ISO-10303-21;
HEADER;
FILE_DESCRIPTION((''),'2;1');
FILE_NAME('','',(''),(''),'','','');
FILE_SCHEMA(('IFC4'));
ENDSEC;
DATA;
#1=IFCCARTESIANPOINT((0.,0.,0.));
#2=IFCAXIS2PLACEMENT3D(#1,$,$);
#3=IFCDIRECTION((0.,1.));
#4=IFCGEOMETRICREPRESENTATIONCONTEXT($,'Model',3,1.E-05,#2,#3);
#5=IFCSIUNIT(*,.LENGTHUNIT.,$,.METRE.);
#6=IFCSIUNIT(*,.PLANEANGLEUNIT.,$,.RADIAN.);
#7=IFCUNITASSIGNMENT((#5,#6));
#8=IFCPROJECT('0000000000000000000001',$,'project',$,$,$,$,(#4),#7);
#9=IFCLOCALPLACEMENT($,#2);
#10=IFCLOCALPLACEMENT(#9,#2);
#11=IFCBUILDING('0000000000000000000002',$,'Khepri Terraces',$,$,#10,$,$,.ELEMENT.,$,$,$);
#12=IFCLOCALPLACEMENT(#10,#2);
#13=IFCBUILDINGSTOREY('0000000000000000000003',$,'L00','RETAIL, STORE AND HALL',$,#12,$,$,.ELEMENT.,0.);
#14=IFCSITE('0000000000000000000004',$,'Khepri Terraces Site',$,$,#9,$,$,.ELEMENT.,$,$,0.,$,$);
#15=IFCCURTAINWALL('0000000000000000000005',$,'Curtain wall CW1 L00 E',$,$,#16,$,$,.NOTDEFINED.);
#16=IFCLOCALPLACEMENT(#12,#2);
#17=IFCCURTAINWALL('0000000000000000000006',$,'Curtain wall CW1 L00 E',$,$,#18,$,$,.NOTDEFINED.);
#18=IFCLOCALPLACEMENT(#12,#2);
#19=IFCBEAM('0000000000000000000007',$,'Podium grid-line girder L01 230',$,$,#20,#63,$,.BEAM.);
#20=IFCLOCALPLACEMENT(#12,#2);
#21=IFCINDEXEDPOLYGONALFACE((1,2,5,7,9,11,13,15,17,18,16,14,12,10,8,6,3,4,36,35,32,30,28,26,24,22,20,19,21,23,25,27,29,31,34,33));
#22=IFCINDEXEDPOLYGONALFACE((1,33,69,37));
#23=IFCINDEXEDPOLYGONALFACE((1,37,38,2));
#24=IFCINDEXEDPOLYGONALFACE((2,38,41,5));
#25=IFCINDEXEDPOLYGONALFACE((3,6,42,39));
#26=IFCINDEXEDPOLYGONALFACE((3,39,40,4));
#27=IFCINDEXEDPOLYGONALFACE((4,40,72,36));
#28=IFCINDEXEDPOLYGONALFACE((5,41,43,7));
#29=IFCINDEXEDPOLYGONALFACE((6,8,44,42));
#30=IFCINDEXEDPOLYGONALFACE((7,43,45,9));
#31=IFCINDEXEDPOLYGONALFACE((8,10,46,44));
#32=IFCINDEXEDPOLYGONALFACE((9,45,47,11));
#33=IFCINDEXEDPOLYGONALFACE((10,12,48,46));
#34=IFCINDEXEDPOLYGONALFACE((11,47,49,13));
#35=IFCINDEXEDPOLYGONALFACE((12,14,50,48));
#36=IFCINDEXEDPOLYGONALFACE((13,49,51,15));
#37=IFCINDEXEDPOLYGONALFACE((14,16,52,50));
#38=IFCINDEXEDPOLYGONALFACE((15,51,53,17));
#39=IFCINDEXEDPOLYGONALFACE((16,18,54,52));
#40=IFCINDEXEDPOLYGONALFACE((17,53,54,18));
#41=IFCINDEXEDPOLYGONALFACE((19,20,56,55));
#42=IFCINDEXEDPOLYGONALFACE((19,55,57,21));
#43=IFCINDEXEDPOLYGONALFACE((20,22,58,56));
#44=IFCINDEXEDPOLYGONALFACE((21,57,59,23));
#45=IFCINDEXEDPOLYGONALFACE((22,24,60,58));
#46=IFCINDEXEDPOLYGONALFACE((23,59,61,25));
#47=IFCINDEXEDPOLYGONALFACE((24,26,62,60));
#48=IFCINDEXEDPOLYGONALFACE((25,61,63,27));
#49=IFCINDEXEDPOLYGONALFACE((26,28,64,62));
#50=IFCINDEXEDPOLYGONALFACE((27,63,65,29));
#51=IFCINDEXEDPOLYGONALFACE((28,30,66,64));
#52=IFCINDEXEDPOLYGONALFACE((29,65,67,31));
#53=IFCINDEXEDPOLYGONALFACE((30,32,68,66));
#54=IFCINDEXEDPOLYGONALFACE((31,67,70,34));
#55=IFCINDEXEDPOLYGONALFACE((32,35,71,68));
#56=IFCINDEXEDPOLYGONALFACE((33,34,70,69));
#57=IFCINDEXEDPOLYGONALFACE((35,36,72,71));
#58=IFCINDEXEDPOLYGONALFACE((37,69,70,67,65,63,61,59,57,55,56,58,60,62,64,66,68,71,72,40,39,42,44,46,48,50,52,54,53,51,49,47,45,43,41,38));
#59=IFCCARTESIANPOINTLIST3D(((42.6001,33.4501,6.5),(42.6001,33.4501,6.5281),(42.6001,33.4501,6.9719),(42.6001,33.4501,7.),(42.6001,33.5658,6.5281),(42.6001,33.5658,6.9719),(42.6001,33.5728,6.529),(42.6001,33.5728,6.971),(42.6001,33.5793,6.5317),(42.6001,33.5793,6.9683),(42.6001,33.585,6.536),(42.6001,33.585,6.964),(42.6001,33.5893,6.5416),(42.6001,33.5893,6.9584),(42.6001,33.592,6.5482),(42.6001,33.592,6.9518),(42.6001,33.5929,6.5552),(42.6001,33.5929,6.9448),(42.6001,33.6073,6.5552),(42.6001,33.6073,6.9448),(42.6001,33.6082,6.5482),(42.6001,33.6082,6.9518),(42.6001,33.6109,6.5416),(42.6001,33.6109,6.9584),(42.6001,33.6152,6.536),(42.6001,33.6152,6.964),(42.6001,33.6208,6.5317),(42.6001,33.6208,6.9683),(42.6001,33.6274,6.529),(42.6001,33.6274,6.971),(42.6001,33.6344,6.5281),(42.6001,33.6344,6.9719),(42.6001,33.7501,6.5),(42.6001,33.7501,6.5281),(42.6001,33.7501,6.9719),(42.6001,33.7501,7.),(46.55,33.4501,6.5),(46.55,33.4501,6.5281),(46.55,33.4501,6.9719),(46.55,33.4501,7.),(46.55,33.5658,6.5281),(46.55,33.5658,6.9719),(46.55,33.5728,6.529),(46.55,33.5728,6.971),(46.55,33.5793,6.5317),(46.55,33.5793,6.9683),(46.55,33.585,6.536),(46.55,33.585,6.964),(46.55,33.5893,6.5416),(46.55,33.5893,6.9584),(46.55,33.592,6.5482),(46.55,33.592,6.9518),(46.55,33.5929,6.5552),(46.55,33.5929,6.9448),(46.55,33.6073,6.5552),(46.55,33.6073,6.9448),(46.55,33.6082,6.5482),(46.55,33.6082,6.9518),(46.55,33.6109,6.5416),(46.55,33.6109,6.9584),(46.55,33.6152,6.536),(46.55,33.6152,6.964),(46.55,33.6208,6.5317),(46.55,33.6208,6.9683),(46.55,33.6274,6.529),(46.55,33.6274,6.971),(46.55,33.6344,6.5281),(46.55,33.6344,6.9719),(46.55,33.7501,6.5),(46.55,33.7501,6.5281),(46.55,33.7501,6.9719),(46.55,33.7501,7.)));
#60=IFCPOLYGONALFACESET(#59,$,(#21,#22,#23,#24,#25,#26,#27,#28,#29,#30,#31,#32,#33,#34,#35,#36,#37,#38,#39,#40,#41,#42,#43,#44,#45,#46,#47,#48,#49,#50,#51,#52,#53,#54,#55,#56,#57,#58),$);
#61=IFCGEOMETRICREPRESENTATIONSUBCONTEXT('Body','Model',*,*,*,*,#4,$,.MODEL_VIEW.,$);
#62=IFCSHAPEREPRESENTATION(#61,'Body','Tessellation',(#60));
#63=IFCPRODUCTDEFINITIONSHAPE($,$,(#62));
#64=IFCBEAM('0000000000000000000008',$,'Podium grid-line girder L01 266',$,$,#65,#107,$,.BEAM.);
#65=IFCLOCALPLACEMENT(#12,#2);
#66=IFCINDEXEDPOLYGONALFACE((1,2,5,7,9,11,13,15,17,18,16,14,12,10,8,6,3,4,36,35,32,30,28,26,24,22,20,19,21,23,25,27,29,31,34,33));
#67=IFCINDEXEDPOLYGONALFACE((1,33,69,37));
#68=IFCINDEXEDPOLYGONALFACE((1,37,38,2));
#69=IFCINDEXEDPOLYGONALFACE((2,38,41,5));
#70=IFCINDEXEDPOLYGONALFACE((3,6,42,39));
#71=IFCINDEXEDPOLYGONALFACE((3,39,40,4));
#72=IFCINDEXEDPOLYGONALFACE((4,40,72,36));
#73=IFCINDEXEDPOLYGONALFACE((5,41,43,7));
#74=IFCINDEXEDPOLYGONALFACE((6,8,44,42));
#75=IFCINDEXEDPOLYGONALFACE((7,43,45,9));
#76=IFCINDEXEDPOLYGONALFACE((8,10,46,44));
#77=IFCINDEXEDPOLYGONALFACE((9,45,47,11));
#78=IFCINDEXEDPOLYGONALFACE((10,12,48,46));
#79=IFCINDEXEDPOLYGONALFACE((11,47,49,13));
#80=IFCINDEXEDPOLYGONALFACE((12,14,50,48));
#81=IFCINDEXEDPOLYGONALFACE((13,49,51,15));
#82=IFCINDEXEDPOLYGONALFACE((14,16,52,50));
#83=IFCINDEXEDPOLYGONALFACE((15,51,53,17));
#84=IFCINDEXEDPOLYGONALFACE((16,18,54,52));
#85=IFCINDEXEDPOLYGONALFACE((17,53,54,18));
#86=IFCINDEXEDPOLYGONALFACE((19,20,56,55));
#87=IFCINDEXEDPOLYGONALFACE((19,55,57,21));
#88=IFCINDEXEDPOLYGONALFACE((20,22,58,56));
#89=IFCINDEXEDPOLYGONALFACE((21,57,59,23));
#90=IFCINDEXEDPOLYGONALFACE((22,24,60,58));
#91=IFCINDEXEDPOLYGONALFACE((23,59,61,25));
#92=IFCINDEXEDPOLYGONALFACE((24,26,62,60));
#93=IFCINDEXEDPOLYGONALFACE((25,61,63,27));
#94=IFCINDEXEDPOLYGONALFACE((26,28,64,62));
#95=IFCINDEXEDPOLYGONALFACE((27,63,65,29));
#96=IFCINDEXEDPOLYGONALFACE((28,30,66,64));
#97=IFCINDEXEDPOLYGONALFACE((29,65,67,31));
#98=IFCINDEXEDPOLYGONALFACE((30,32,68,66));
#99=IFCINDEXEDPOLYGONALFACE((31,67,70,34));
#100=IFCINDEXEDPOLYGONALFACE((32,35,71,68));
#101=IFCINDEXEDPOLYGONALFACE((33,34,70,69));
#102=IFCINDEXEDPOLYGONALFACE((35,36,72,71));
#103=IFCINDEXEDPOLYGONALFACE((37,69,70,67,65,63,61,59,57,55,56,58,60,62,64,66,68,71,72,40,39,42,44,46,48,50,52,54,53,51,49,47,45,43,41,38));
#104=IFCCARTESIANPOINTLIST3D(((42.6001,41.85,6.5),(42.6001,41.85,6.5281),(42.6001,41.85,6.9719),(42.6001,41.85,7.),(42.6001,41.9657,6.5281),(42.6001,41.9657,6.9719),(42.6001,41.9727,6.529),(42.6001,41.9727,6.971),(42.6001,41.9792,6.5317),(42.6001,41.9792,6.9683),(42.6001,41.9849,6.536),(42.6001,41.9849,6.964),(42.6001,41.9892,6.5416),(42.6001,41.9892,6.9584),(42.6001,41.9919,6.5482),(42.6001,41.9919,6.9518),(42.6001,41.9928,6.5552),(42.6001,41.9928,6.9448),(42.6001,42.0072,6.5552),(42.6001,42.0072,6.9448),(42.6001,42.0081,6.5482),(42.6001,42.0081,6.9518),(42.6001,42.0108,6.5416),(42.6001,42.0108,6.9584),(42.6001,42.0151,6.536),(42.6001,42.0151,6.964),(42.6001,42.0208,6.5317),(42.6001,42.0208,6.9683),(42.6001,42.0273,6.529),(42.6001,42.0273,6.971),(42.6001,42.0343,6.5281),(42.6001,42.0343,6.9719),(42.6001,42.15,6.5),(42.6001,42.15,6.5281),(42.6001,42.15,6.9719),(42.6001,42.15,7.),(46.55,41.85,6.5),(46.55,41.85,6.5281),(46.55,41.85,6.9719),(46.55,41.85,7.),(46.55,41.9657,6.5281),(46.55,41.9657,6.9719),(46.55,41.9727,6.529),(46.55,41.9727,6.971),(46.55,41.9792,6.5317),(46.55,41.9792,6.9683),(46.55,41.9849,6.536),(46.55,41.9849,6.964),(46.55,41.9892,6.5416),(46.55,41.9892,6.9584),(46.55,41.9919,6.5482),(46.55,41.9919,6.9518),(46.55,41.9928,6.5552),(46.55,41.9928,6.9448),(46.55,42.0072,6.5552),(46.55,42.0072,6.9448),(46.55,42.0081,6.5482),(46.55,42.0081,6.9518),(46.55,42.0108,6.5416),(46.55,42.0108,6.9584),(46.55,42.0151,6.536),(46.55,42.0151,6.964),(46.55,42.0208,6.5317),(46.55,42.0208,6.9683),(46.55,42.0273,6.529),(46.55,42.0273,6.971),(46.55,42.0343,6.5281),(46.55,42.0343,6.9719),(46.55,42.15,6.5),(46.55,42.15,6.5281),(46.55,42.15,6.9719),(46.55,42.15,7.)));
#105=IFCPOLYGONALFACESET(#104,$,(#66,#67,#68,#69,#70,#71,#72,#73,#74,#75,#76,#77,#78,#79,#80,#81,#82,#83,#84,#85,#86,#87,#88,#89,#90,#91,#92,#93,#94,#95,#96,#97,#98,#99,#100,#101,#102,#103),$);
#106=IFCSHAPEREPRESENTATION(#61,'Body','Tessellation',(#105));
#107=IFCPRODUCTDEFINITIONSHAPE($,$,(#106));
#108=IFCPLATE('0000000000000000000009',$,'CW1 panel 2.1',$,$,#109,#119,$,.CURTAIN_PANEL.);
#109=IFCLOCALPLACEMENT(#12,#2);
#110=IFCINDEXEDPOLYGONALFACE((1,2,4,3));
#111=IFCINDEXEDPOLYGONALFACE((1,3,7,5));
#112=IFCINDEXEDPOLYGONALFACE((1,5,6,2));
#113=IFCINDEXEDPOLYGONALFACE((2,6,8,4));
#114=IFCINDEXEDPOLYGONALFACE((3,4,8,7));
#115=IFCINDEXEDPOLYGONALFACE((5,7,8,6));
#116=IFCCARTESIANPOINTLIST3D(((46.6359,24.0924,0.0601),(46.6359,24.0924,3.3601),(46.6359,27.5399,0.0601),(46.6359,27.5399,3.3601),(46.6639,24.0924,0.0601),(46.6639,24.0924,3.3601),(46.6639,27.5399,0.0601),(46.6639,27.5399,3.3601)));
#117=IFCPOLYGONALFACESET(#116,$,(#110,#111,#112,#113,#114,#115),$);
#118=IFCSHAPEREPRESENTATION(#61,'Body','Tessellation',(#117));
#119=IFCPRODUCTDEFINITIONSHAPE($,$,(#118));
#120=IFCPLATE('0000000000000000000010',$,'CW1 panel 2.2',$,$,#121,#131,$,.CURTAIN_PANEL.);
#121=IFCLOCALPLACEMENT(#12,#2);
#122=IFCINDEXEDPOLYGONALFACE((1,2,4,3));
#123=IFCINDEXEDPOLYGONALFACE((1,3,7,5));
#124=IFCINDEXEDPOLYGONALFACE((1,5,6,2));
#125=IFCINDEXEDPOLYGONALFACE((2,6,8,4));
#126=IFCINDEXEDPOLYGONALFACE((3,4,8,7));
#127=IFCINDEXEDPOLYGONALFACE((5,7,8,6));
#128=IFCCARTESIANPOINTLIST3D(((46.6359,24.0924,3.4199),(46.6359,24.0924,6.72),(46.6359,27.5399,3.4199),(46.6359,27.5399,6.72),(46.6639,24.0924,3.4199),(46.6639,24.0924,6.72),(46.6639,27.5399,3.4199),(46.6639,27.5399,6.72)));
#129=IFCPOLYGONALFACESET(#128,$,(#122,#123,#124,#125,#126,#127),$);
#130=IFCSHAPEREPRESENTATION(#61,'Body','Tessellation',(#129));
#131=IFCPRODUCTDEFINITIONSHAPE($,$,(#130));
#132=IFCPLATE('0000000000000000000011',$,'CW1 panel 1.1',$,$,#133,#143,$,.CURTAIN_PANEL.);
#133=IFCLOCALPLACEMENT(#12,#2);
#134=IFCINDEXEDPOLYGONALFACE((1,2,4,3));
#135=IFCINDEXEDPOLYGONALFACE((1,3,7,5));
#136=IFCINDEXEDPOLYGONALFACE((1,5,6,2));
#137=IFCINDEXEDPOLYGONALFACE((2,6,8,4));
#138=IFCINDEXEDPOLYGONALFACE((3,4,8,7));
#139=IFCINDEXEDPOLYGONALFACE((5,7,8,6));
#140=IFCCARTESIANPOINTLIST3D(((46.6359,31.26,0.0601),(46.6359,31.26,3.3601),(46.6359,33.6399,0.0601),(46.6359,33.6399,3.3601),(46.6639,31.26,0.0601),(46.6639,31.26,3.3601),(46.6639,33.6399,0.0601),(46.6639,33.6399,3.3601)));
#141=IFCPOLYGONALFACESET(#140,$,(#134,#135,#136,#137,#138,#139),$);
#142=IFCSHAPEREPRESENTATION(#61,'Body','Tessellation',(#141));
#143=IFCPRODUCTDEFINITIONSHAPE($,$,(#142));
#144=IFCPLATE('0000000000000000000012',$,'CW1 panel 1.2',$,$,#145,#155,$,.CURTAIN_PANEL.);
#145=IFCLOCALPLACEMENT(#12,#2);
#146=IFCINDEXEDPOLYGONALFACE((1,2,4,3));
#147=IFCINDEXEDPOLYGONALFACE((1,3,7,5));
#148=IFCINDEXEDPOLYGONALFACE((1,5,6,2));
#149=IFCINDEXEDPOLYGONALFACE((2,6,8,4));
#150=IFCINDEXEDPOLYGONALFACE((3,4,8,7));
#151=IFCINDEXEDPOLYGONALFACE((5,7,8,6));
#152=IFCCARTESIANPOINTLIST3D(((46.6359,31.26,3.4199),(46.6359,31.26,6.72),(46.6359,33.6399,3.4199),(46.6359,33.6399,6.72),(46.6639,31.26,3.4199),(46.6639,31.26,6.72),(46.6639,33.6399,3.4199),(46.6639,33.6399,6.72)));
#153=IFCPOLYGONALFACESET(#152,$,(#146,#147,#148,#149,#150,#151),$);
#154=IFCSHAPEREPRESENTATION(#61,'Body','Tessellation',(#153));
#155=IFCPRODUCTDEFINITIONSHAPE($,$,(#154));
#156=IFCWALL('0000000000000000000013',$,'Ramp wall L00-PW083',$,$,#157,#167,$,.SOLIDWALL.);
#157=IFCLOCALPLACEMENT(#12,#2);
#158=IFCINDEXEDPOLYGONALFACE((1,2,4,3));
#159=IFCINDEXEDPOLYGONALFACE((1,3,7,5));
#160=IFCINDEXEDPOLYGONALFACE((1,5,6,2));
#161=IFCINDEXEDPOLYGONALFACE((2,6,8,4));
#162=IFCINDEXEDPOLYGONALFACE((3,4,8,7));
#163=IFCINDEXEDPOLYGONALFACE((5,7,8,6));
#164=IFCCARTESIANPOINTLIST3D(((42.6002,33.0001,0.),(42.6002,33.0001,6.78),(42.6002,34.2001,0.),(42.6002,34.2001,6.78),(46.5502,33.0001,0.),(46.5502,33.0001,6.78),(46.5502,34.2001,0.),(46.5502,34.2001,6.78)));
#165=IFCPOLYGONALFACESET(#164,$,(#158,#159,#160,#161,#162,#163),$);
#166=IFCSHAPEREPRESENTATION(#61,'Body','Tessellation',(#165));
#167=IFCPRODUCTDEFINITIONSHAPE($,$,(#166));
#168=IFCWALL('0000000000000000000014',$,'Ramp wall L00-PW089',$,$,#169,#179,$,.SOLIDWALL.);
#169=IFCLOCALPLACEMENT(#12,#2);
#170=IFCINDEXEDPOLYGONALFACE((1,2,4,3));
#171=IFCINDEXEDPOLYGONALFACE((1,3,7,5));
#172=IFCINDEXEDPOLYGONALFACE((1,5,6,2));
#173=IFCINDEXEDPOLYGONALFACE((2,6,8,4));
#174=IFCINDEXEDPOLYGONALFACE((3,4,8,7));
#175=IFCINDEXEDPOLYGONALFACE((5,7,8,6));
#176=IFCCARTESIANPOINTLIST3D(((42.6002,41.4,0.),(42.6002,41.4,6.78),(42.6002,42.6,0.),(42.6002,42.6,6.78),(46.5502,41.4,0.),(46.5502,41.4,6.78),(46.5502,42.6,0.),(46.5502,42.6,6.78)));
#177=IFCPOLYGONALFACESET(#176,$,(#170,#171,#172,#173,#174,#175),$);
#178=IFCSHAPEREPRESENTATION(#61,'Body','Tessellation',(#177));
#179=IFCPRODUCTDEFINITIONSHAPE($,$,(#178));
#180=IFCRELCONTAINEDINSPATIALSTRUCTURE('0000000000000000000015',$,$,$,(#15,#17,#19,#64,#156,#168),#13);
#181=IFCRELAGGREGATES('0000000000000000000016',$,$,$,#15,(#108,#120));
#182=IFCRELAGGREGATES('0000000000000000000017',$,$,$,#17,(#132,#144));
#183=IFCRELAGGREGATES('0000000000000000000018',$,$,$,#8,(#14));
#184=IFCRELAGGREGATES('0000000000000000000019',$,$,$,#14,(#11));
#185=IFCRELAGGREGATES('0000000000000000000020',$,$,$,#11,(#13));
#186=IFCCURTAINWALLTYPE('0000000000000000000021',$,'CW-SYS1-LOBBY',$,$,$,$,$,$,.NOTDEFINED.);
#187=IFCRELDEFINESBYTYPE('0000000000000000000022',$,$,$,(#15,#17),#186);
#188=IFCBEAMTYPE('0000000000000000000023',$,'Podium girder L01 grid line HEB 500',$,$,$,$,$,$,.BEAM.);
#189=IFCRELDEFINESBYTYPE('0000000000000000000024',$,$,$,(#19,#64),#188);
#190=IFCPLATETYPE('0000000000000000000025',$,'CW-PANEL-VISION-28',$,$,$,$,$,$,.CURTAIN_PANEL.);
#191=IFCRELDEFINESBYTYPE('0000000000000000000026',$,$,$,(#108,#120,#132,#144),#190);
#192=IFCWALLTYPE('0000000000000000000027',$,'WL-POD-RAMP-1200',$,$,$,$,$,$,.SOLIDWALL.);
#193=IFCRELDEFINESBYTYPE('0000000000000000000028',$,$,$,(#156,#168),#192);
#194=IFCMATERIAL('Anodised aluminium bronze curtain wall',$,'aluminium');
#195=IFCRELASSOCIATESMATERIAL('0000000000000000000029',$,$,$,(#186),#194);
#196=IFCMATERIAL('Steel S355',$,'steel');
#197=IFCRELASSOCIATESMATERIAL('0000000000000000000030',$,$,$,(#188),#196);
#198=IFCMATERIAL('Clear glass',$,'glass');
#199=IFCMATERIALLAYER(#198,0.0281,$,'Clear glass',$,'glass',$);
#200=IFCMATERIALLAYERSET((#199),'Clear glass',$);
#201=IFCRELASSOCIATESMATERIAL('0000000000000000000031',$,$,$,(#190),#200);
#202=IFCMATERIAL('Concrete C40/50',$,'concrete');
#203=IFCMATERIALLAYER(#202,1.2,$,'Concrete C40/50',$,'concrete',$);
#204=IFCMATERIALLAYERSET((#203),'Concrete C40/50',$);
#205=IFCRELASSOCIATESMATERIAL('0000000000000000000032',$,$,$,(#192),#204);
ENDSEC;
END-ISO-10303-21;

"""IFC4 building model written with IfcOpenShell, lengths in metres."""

from ifc_helpers import new_model, si_unit, direction, frame, frame_2d, origin, origin_2d, place, context, subcontext, project, spatial, rectangle, i_section, extrude, material, layer, layer_set, material_profile, profile_set, type_object, element, aggregate, save


model = new_model("IFC4")

# Units and contexts
model_context = context("Model", 3, precision=1e-05, world=origin(), true_north=direction((0.0, 1.0)))
body_context = subcontext(model_context, "Body", "Model", "MODEL_VIEW")
ifc_project = project(units=[si_unit("LENGTHUNIT", "METRE"), si_unit("PLANEANGLEUNIT", "RADIAN")], contexts=[model_context])

# Site, building, storey
site_placement = place(None, origin())
site = spatial("IfcSite", under=ifc_project, at=site_placement, Name="Khepri Terraces Site", CompositionType="ELEMENT", RefElevation=0.0)
building_placement = place(site_placement, origin())
building = spatial("IfcBuilding", under=site, at=building_placement, Name="Khepri Terraces", CompositionType="ELEMENT")
storey_placement = place(building_placement, origin())
storey = spatial("IfcBuildingStorey", under=building, at=storey_placement, Name="L00", Description="RETAIL, STORE AND HALL", CompositionType="ELEMENT", Elevation=0.0)

# Curtain wall
ifc_material_1 = material(Name="Anodised aluminium bronze curtain wall", Category="aluminium")
curtain_wall_type = type_object("IfcCurtainWallType", Name="CW-SYS1-LOBBY", PredefinedType="NOTDEFINED", material=ifc_material_1)
curtain_wall_1_placement = place(storey_placement, origin())
curtain_wall_1 = element("IfcCurtainWall", 1, at=curtain_wall_1_placement, inside=storey, type_object=curtain_wall_type, Name="Curtain wall CW1 L00 E", PredefinedType="NOTDEFINED")

# Curtain wall
curtain_wall_2_placement = place(storey_placement, origin())
curtain_wall_2 = element("IfcCurtainWall", 2, at=curtain_wall_2_placement, inside=storey, type_object=curtain_wall_type, Name="Curtain wall CW1 L00 E", PredefinedType="NOTDEFINED")

# Beams
ifc_material_2 = material(Name="Steel S355", Category="steel")
ifc_material_profile_1 = material_profile(ifc_material_2, i_section(OverallWidth=0.3, OverallDepth=0.5, WebThickness=0.0144, FlangeThickness=0.0281, FilletRadius=0.0271, at=origin_2d()), Name="Steel S355", Category="steel")
ifc_profile_set_1 = profile_set([ifc_material_profile_1], Name="Steel S355")
beam_type_1 = type_object("IfcBeamType", Name="Podium girder L01 grid line HEB 500", PredefinedType="BEAM", material=ifc_profile_set_1)
for number, where, z_axis, x_axis, name in (
    (3, (42.6001, 33.6001, 6.75), (1.0, 0.0, 0.0), (0.0, 1.0, 0.0), "Podium grid-line girder L01 230"),
    (4, (42.6001, 42.0, 6.75), (1.0, 0.0, 0.0), (0.0, 1.0, 0.0), "Podium grid-line girder L01 266"),
):
    element("IfcBeam", number, at=place(storey_placement, frame(where, z_axis=z_axis, x_axis=x_axis)), inside=storey, type_object=beam_type_1, Name=name, PredefinedType="BEAM", context=body_context, shape_type="SweptSolid", body=[
        extrude(i_section(OverallWidth=0.3, OverallDepth=0.5, WebThickness=0.0144, FlangeThickness=0.0281, FilletRadius=0.0271, at=origin_2d()), origin(), (0.0, 0.0, 1.0), 3.95),
    ])

# Plates
ifc_material_3 = material(Name="Clear glass", Category="glass")
ifc_layer_1 = layer(ifc_material_3, 0.0281, Name="Clear glass", Category="glass")
ifc_layer_set_1 = layer_set([ifc_layer_1], Name="Clear glass")
plate_type = type_object("IfcPlateType", Name="CW-PANEL-VISION-28", PredefinedType="CURTAIN_PANEL", material=ifc_layer_set_1)
plate_1_placement = place(storey_placement, frame((46.6499, 25.8162, 0.0601), z_axis=(0.0, 0.0, 1.0), x_axis=(0.0, 1.0, 0.0)))
plate_1 = element("IfcPlate", 5, at=plate_1_placement, type_object=plate_type, Name="CW1 panel 2.1", PredefinedType="CURTAIN_PANEL", context=body_context, shape_type="SweptSolid", body=[
    extrude(rectangle(XDim=3.4475, YDim=0.0281, at=origin_2d()), origin(), (0.0, 0.0, 1.0), 3.3),
])
plate_2_placement = place(storey_placement, frame((46.6499, 25.8162, 3.4199), z_axis=(0.0, 0.0, 1.0), x_axis=(0.0, 1.0, 0.0)))
plate_2 = element("IfcPlate", 6, at=plate_2_placement, type_object=plate_type, Name="CW1 panel 2.2", PredefinedType="CURTAIN_PANEL", context=body_context, shape_type="SweptSolid", body=[
    extrude(rectangle(XDim=3.4475, YDim=0.0281, at=origin_2d()), origin(), (0.0, 0.0, 1.0), 3.3),
])
aggregate(curtain_wall_1, [plate_1, plate_2])
plate_3_placement = place(storey_placement, frame((46.6499, 32.45, 0.0601), z_axis=(0.0, 0.0, 1.0), x_axis=(0.0, 1.0, 0.0)))
plate_3 = element("IfcPlate", 7, at=plate_3_placement, type_object=plate_type, Name="CW1 panel 1.1", PredefinedType="CURTAIN_PANEL", context=body_context, shape_type="SweptSolid", body=[
    extrude(rectangle(XDim=2.3799, YDim=0.0281, at=origin_2d()), origin(), (0.0, 0.0, 1.0), 3.3),
])
plate_4_placement = place(storey_placement, frame((46.6499, 32.45, 3.4199), z_axis=(0.0, 0.0, 1.0), x_axis=(0.0, 1.0, 0.0)))
plate_4 = element("IfcPlate", 8, at=plate_4_placement, type_object=plate_type, Name="CW1 panel 1.2", PredefinedType="CURTAIN_PANEL", context=body_context, shape_type="SweptSolid", body=[
    extrude(rectangle(XDim=2.3799, YDim=0.0281, at=origin_2d()), origin(), (0.0, 0.0, 1.0), 3.3),
])
aggregate(curtain_wall_2, [plate_3, plate_4])

# Walls
ifc_material_4 = material(Name="Concrete C40/50", Category="concrete")
ifc_layer_2 = layer(ifc_material_4, 1.2, Name="Concrete C40/50", Category="concrete")
ifc_layer_set_2 = layer_set([ifc_layer_2], Name="Concrete C40/50")
wall_type_1 = type_object("IfcWallType", Name="WL-POD-RAMP-1200", PredefinedType="SOLIDWALL", material=ifc_layer_set_2)
for number, where, z_axis, x_axis, name in (
    (9, (42.6001, 33.6001, 0.0), (0.0, 0.0, 1.0), (1.0, 0.0, 0.0), "Ramp wall L00-PW083"),
    (10, (42.6001, 42.0, 0.0), (0.0, 0.0, 1.0), (1.0, 0.0, 0.0), "Ramp wall L00-PW089"),
):
    element("IfcWall", number, at=place(storey_placement, frame(where, z_axis=z_axis, x_axis=x_axis)), inside=storey, type_object=wall_type_1, Name=name, PredefinedType="SOLIDWALL", context=body_context, shape_type="SweptSolid", body=[
        extrude(rectangle(XDim=3.95, YDim=1.2, at=frame_2d((1.9751, 0.0))), origin(), (0.0, 0.0, 1.0), 6.78),
    ])

save(model, "model.ifc")
